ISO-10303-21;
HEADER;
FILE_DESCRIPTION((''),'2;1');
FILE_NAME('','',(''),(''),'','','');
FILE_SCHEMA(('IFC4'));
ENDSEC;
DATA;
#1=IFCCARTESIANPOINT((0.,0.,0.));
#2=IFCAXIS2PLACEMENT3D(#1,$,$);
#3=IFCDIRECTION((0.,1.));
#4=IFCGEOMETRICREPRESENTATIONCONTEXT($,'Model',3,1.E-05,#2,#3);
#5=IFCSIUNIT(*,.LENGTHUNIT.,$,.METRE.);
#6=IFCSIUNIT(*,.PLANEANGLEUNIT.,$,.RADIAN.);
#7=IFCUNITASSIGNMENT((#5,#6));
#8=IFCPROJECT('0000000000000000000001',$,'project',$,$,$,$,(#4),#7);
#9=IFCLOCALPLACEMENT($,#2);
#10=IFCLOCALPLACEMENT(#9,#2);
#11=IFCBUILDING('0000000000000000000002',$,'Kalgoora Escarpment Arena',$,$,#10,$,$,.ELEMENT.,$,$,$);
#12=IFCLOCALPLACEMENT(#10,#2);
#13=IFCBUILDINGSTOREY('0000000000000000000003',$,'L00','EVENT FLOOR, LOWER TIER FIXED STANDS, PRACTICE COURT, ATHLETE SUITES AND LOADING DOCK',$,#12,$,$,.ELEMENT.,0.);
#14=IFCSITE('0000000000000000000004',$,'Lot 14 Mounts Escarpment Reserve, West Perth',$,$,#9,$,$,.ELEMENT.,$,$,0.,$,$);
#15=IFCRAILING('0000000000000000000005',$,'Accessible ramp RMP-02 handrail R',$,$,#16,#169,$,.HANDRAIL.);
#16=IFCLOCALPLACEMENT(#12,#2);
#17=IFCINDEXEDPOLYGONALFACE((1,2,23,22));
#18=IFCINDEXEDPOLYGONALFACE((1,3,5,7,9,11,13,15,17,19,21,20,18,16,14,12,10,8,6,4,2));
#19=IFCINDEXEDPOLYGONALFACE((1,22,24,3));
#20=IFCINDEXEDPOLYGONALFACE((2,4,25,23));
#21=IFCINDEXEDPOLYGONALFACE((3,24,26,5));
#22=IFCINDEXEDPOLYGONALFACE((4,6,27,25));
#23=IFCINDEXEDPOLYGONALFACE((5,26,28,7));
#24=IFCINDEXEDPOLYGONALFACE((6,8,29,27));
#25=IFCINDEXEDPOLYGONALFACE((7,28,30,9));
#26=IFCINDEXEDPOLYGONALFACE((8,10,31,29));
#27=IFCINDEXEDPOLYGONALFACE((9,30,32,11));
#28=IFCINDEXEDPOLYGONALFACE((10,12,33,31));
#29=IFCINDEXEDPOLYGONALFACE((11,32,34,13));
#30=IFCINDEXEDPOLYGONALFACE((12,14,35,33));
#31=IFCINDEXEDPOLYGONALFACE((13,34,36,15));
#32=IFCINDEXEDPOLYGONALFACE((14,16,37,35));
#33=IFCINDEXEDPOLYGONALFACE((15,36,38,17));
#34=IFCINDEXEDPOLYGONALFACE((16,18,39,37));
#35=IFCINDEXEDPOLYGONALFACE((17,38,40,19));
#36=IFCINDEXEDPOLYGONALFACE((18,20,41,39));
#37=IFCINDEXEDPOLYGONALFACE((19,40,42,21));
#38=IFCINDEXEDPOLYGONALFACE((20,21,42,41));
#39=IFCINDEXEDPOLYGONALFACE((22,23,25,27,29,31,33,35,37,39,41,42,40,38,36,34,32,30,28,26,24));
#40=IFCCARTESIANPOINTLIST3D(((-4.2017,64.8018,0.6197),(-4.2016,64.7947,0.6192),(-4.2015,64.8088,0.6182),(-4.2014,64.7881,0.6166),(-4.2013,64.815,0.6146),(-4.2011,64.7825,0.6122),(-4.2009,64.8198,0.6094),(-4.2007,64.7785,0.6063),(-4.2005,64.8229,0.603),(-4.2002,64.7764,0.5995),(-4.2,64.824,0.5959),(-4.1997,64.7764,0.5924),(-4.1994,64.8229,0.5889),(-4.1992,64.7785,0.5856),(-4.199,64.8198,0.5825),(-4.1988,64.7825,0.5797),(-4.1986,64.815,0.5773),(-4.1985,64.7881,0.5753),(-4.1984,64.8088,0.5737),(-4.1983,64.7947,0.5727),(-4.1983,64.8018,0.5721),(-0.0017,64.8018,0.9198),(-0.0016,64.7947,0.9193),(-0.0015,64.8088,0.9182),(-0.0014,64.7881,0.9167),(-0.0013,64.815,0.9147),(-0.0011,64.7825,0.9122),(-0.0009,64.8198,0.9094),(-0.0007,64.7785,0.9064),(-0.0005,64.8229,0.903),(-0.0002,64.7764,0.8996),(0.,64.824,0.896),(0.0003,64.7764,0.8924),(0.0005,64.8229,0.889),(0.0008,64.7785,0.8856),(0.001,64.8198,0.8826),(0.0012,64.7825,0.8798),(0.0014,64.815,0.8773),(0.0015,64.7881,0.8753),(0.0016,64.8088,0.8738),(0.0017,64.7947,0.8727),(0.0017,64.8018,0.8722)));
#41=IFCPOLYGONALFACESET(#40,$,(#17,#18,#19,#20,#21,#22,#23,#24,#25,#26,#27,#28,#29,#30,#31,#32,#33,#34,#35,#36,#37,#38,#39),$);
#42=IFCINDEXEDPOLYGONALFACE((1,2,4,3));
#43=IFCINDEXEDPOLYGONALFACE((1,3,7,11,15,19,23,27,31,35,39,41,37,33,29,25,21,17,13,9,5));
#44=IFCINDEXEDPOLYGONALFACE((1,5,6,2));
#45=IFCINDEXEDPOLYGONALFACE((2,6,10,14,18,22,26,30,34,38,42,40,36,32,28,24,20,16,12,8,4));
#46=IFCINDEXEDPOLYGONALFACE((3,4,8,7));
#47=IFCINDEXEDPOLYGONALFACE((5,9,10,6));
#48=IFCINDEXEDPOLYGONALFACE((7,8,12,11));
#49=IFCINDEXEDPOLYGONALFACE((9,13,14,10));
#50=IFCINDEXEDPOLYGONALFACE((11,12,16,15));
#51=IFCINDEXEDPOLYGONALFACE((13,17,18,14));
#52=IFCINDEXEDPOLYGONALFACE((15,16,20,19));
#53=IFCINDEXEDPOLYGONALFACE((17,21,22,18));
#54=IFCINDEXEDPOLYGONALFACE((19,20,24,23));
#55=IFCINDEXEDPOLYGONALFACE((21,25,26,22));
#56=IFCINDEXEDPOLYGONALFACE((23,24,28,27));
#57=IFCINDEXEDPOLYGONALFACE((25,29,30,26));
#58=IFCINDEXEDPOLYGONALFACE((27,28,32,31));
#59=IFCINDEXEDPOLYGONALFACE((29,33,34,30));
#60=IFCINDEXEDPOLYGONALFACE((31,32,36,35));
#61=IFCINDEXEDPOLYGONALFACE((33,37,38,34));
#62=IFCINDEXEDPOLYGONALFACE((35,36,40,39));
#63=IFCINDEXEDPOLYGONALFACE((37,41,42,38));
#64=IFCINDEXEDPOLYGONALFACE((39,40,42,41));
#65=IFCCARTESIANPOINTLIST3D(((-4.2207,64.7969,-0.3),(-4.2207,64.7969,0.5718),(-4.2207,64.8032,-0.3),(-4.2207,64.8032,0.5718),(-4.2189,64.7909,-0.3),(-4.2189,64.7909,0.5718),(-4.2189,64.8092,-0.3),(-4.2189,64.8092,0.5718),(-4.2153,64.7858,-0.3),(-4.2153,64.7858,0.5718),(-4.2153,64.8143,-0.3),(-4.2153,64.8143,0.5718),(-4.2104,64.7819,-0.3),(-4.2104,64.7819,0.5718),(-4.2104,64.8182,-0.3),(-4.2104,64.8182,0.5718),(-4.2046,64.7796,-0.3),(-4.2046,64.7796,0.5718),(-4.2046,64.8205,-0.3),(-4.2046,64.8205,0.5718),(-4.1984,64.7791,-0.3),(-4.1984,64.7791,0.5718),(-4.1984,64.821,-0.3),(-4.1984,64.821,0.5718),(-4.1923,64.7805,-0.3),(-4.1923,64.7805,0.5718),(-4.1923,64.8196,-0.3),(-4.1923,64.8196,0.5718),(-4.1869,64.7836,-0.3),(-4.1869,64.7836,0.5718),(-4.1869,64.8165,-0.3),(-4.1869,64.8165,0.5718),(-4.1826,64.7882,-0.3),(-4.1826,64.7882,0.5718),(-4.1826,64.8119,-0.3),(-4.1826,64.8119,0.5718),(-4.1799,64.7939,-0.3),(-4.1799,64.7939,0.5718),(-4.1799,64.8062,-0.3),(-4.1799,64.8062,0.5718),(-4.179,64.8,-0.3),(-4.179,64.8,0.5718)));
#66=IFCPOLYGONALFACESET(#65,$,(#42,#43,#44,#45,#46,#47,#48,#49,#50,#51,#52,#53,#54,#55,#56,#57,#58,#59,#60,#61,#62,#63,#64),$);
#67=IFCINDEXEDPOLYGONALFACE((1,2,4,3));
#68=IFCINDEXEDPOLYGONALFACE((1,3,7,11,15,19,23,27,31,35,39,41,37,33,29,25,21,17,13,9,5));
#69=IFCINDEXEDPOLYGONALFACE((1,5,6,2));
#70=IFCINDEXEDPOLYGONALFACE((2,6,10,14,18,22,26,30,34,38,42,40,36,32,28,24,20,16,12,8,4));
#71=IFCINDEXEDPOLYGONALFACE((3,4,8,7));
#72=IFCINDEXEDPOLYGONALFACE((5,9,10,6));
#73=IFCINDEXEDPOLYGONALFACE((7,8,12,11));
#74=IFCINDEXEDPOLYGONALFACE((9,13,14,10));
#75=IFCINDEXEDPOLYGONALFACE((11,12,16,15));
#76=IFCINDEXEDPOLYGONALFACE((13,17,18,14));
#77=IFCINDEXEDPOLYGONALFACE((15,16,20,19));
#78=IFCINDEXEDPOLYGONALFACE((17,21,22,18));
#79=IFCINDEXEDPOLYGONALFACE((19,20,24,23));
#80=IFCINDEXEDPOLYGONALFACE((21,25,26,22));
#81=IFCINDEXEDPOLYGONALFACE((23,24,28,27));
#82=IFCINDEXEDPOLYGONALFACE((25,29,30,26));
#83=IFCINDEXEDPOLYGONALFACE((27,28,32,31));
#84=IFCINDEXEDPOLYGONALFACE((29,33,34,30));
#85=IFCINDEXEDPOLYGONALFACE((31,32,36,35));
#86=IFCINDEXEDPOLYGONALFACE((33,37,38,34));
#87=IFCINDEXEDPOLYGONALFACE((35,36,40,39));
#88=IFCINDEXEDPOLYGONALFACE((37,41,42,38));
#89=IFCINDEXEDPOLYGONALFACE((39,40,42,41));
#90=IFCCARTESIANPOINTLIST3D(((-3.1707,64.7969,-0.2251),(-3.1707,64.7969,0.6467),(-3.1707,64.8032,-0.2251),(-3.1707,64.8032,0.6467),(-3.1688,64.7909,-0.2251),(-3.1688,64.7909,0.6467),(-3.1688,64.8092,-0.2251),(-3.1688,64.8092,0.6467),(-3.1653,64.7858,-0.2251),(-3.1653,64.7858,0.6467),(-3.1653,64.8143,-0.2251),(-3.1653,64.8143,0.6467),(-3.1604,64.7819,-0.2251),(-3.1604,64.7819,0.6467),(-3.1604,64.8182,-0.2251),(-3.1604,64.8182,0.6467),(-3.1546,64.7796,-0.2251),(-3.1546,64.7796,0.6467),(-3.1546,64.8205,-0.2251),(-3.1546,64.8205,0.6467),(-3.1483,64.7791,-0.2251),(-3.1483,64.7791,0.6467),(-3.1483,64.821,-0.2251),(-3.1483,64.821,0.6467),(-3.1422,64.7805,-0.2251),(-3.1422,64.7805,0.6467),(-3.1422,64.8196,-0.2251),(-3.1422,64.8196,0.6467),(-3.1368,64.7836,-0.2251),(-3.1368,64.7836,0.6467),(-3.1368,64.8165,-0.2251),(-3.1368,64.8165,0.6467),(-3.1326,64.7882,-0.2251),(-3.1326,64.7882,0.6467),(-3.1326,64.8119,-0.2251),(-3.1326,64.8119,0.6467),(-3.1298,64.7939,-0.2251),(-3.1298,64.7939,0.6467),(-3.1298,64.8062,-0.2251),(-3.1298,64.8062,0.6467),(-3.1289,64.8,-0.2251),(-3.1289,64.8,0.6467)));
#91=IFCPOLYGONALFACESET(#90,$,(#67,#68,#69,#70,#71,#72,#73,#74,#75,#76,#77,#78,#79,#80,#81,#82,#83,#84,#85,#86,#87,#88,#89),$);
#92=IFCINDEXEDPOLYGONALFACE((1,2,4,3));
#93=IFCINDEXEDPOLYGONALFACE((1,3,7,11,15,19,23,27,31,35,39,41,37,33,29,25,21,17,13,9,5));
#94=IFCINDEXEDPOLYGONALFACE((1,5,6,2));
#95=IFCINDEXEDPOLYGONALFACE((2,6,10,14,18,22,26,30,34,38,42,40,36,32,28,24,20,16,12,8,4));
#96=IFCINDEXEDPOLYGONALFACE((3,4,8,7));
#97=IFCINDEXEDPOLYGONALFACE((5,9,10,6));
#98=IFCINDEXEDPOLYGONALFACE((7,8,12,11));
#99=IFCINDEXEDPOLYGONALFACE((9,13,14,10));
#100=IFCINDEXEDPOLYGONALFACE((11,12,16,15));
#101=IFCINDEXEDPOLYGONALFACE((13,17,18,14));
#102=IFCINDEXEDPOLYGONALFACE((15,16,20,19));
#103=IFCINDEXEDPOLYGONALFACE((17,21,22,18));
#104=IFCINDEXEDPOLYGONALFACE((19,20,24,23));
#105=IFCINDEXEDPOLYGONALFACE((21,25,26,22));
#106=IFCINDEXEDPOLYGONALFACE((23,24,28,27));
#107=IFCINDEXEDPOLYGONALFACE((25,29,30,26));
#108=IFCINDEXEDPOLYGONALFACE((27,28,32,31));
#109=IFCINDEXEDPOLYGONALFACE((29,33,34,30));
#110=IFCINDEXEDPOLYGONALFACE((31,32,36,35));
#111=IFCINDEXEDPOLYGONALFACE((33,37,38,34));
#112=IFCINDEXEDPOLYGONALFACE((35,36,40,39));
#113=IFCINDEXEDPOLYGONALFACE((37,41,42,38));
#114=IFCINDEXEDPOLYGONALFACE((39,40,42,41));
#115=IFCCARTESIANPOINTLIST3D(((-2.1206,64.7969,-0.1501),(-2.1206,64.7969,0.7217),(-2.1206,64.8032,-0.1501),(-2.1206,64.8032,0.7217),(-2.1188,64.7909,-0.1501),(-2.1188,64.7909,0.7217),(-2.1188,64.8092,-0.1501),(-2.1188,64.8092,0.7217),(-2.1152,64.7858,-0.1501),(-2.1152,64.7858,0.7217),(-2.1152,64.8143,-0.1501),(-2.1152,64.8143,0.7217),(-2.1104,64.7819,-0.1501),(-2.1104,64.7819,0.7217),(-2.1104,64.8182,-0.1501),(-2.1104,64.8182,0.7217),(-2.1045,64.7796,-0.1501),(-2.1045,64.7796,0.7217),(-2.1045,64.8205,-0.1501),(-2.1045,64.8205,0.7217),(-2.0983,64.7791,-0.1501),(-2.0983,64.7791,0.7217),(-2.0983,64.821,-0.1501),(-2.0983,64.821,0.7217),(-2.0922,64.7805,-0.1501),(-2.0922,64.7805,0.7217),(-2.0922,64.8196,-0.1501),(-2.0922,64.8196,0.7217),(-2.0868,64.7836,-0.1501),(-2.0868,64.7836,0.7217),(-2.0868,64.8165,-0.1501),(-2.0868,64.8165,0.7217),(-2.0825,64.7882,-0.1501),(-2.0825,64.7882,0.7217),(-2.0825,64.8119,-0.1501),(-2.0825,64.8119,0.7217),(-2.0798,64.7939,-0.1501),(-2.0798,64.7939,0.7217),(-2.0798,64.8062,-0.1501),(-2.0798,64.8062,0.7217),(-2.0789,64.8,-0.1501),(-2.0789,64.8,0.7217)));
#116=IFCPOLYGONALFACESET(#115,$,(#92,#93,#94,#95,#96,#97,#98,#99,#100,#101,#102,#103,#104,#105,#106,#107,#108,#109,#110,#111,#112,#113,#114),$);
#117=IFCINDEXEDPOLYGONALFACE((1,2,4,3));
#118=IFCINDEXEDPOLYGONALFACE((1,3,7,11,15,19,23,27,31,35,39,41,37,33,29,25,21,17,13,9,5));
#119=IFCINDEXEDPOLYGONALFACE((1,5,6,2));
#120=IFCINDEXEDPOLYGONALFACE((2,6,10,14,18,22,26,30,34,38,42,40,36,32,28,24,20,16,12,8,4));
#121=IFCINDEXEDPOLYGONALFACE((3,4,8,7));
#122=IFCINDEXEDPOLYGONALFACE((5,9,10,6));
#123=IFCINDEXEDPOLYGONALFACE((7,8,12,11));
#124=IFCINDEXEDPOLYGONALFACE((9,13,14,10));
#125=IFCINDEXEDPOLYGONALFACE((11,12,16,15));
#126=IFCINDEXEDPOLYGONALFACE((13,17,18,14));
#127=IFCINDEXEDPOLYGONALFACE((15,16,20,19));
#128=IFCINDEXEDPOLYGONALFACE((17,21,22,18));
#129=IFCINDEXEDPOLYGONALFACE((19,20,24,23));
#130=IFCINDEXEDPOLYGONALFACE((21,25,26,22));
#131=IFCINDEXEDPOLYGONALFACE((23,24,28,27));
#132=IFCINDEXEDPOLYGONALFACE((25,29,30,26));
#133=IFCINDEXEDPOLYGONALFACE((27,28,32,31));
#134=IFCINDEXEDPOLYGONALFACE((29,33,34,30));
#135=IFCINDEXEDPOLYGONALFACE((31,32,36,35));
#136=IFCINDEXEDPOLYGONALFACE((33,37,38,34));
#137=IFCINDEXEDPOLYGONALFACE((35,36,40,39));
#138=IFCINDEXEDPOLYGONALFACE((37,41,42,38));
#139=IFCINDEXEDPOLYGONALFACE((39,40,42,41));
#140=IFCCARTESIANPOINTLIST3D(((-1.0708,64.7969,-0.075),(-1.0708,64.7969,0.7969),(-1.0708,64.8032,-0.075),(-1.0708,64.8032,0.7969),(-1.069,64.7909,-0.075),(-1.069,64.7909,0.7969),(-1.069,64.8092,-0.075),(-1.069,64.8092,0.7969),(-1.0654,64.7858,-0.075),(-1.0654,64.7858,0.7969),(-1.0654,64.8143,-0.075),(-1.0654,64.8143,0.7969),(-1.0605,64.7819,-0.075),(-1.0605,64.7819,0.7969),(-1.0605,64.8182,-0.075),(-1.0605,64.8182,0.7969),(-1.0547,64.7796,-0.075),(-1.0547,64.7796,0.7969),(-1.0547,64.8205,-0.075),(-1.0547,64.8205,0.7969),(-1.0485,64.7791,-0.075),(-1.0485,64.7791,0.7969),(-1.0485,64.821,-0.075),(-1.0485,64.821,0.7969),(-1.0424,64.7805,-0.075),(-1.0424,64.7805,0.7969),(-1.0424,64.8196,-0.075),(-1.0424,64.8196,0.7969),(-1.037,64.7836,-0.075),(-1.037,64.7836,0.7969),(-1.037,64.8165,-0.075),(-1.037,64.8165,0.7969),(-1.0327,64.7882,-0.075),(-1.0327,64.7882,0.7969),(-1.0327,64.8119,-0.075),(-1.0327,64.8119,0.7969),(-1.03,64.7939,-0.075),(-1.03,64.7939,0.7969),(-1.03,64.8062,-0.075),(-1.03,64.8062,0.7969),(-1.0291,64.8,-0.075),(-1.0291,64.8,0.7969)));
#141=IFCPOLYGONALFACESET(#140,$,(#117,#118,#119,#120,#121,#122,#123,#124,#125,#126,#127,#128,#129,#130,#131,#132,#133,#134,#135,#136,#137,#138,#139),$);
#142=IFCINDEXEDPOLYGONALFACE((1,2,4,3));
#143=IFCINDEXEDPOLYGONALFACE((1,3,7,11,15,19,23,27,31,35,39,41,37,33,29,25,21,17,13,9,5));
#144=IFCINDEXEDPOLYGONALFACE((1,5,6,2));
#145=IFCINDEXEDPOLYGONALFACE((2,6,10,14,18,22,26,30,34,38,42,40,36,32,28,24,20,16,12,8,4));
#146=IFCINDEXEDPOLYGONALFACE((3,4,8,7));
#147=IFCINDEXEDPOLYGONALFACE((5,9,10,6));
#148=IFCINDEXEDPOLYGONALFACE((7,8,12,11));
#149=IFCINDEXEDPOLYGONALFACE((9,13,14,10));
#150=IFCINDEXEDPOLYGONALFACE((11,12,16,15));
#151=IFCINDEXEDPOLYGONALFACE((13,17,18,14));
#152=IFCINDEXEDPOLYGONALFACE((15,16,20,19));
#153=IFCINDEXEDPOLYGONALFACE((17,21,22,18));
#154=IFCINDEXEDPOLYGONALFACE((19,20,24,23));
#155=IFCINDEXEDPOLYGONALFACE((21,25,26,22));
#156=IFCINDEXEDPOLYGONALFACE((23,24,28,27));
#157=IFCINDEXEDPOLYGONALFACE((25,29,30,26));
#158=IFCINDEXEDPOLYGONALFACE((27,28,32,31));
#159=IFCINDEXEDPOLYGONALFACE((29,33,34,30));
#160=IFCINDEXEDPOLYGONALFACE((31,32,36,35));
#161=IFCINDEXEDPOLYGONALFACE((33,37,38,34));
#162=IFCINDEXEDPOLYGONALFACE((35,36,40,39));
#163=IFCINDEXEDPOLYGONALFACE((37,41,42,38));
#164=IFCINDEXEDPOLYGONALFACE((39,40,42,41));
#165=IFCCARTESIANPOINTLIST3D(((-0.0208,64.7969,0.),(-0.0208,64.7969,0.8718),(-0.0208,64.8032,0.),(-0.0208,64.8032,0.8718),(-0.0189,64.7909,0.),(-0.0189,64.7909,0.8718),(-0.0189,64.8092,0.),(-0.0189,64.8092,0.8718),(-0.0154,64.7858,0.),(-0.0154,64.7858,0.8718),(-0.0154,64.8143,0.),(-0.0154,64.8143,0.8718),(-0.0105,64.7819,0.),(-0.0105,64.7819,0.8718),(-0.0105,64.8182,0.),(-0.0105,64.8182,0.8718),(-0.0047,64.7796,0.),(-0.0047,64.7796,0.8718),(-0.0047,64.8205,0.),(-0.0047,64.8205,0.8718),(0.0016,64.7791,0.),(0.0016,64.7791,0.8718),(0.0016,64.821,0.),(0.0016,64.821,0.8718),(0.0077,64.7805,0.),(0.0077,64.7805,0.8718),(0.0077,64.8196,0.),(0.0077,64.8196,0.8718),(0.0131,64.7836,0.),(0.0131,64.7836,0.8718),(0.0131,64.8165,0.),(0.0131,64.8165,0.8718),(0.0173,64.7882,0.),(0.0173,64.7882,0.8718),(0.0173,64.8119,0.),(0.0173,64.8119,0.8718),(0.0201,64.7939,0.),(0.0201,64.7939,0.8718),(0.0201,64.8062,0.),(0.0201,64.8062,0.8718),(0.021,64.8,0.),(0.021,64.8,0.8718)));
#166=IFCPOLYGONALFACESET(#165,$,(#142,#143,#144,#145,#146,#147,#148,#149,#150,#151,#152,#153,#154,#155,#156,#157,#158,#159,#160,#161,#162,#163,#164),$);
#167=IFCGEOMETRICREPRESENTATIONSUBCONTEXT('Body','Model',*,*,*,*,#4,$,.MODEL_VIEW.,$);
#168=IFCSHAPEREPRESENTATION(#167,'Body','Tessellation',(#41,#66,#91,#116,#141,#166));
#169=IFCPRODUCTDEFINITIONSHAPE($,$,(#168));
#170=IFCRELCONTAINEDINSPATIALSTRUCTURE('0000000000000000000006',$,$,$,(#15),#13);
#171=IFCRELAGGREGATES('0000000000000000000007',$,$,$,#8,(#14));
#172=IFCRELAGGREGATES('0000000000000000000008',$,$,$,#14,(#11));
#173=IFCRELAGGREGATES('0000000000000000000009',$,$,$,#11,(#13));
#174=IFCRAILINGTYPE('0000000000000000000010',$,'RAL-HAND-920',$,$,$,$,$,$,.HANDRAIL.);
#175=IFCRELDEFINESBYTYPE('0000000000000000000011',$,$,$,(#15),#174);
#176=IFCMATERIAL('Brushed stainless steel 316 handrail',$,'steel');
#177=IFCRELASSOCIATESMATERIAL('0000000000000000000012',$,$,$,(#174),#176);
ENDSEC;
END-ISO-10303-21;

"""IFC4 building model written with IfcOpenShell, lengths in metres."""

from ifc_helpers import new_model, si_unit, direction, frame, origin, origin_2d, place, context, subcontext, project, spatial, circle, extrude, material, type_object, element, save


model = new_model("IFC4")

# Units and contexts
model_context = context("Model", 3, precision=1e-05, world=origin(), true_north=direction((0.0, 1.0)))
body_context = subcontext(model_context, "Body", "Model", "MODEL_VIEW")
ifc_project = project(units=[si_unit("LENGTHUNIT", "METRE"), si_unit("PLANEANGLEUNIT", "RADIAN")], contexts=[model_context])

# Site, building, storey
site_placement = place(None, origin())
site = spatial("IfcSite", under=ifc_project, at=site_placement, Name="Lot 14 Mounts Escarpment Reserve, West Perth", CompositionType="ELEMENT", RefElevation=0.0)
building_placement = place(site_placement, origin())
building = spatial("IfcBuilding", under=site, at=building_placement, Name="Kalgoora Escarpment Arena", CompositionType="ELEMENT")
storey_placement = place(building_placement, origin())
storey = spatial("IfcBuildingStorey", under=building, at=storey_placement, Name="L00", Description="EVENT FLOOR, LOWER TIER FIXED STANDS, PRACTICE COURT, ATHLETE SUITES AND LOADING DOCK", CompositionType="ELEMENT", Elevation=0.0)

# Railing
ifc_material_1 = material(Name="Brushed stainless steel 316 handrail", Category="steel")
railing_type = type_object("IfcRailingType", Name="RAL-HAND-920", PredefinedType="HANDRAIL", material=ifc_material_1)
for number, where, name in (
    (1, (-4.2, 64.8, -0.3), "Accessible ramp RMP-02 handrail R"),
):
    element("IfcRailing", number, at=place(storey_placement, frame(where)), inside=storey, type_object=railing_type, Name=name, PredefinedType="HANDRAIL", context=body_context, shape_type="SweptSolid", body=[
        extrude(circle(Radius=0.0239, at=origin_2d()), frame((0.0, 0.0, 0.896), z_axis=(0.997458, 0.0, 0.071259), x_axis=(0.0, 1.0, 0.0)), (0.0, 0.0, 1.0), 4.2107),
        extrude(circle(Radius=0.021, at=origin_2d()), origin(), (0.0, 0.0, 1.0), 0.8718),
        extrude(circle(Radius=0.021, at=origin_2d()), frame((1.05, 0.0, 0.075)), (0.0, 0.0, 1.0), 0.8718),
        extrude(circle(Radius=0.021, at=origin_2d()), frame((2.1001, 0.0, 0.1499)), (0.0, 0.0, 1.0), 0.8718),
        extrude(circle(Radius=0.021, at=origin_2d()), frame((3.1499, 0.0, 0.2251)), (0.0, 0.0, 1.0), 0.8718),
        extrude(circle(Radius=0.021, at=origin_2d()), frame((4.2, 0.0, 0.3)), (0.0, 0.0, 1.0), 0.8718),
    ])

save(model, "model.ifc")
